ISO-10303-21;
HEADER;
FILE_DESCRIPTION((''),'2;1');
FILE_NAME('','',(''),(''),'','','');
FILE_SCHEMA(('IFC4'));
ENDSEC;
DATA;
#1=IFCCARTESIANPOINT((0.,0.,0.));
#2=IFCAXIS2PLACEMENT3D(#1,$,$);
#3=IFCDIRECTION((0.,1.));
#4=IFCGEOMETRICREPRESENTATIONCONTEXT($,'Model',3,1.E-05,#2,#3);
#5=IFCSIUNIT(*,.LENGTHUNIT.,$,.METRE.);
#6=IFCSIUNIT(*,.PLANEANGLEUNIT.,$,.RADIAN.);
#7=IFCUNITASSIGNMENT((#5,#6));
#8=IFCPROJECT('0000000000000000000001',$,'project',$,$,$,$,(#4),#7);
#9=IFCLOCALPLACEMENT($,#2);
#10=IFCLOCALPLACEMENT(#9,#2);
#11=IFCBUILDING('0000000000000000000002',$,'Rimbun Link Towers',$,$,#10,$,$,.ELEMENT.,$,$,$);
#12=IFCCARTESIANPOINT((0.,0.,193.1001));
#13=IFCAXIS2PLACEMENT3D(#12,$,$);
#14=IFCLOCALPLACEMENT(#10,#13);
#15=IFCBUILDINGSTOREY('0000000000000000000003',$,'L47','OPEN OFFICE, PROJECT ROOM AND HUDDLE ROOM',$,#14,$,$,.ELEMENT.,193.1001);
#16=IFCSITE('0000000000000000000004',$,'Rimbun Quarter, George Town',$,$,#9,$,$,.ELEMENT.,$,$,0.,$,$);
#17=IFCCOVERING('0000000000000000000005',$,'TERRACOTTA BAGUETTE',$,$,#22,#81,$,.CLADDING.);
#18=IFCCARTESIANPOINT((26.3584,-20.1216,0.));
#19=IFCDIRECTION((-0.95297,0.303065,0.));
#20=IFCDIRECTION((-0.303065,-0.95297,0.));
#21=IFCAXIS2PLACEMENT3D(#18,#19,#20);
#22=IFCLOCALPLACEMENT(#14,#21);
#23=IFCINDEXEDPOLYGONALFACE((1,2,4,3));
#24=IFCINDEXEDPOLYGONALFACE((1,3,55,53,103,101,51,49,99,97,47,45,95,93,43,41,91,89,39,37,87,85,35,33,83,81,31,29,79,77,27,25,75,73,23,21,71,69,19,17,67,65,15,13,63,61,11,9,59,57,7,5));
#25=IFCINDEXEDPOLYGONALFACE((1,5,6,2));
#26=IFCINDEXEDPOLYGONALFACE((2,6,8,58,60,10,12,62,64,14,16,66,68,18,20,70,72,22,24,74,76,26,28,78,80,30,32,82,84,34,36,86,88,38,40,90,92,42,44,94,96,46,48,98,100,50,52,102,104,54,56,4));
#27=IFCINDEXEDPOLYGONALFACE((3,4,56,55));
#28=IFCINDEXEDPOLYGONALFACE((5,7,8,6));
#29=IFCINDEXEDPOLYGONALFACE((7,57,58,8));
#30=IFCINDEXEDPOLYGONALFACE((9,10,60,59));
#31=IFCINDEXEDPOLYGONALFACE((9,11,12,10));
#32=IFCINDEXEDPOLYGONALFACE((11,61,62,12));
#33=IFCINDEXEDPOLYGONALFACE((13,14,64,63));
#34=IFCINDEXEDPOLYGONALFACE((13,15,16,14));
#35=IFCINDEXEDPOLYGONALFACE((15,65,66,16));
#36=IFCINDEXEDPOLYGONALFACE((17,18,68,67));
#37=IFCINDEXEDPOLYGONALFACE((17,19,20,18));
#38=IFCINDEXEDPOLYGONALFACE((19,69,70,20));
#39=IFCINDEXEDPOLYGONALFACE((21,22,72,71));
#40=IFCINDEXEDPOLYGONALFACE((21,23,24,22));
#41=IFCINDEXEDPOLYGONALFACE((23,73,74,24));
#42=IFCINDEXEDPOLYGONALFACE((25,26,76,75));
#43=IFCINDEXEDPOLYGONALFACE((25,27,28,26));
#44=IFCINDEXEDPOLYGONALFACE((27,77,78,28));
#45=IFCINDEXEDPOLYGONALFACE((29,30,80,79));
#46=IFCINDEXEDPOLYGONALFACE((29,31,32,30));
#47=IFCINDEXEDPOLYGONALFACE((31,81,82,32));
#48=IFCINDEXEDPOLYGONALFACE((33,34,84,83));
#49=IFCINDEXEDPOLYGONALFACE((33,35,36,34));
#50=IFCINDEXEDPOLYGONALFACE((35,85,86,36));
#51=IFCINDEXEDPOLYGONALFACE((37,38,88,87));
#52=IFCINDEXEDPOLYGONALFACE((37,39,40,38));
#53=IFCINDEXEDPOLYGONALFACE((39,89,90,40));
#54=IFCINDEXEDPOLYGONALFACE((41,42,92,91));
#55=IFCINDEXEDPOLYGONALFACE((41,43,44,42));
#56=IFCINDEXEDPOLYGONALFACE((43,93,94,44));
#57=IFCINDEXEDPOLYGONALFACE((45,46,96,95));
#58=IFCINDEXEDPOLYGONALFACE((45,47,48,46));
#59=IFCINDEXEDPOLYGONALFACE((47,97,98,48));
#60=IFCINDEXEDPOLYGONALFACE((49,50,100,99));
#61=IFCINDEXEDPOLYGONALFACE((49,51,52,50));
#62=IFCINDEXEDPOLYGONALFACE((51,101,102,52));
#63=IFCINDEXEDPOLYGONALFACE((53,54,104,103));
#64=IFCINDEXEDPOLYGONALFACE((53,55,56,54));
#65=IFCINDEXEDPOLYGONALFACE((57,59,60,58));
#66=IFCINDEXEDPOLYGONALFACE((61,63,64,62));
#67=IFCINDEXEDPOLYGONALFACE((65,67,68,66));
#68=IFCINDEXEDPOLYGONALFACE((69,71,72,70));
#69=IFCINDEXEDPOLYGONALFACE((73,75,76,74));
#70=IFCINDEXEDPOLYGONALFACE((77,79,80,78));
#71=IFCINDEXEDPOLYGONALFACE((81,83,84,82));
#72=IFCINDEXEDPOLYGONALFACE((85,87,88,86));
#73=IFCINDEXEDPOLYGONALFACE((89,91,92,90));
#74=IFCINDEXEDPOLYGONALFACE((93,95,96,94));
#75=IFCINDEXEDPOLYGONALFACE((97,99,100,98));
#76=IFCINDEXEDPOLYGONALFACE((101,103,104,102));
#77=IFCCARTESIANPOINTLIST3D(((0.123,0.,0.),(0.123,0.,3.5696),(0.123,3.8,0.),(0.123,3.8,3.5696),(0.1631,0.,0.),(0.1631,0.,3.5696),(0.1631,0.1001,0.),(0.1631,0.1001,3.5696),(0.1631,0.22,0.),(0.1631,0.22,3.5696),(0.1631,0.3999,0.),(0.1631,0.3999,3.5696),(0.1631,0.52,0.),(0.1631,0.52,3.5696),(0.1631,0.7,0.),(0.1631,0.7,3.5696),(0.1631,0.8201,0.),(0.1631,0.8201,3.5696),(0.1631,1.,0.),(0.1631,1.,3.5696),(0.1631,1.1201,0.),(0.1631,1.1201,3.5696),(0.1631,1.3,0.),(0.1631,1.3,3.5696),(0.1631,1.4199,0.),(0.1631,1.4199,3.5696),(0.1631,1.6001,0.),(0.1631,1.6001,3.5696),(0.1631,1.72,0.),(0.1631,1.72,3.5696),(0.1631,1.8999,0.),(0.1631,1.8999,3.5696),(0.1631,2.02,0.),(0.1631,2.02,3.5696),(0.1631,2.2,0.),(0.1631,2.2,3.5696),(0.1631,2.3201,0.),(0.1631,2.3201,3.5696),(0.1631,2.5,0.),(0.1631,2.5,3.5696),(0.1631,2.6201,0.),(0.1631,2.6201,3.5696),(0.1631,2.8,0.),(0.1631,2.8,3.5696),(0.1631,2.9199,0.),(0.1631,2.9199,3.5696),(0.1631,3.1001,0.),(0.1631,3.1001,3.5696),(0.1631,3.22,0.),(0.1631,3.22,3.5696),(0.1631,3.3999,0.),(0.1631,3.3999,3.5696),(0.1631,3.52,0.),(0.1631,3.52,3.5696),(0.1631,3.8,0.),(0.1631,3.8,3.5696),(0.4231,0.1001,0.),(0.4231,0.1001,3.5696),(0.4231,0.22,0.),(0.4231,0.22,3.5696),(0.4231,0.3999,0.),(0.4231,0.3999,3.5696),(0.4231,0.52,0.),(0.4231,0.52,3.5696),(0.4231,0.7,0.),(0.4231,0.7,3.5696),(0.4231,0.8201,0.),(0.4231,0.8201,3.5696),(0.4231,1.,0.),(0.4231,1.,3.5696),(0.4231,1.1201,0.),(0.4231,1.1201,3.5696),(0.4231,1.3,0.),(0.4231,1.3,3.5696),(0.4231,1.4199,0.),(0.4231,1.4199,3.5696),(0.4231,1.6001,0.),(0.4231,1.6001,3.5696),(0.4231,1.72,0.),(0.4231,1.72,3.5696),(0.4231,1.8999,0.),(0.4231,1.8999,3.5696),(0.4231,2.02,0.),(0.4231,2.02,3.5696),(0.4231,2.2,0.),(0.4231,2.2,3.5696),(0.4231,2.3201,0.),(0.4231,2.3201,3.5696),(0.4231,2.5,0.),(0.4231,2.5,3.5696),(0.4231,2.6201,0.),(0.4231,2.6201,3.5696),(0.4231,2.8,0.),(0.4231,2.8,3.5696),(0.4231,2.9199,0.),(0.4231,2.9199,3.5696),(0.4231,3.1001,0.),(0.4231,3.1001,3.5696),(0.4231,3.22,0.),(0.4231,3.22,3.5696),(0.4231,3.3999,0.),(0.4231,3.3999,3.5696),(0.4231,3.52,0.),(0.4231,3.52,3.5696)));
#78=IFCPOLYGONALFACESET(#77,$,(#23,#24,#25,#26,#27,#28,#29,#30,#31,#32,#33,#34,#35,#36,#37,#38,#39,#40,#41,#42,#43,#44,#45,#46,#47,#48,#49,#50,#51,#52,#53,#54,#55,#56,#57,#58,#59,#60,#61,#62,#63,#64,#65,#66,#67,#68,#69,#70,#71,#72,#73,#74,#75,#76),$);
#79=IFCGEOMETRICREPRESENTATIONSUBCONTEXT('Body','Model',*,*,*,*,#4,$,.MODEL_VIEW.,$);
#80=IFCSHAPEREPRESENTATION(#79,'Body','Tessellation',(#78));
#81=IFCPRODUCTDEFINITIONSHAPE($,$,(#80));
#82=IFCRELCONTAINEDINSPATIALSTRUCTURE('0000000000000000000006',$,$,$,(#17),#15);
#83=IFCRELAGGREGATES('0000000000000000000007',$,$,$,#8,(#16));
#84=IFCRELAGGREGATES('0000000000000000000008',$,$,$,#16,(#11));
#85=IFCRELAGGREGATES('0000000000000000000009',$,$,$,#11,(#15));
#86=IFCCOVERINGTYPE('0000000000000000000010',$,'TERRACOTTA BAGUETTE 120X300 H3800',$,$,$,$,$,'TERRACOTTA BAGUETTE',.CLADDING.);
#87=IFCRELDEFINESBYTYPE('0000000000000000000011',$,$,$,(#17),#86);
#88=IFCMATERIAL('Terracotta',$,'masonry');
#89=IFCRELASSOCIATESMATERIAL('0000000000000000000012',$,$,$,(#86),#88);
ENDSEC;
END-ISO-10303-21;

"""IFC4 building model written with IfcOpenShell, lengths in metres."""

from ifc_helpers import new_model, si_unit, direction, frame, origin, place, context, subcontext, project, spatial, polyline, outline, extrude, material, material_profile, profile_set, type_object, element, save


model = new_model("IFC4")

# Units and contexts
model_context = context("Model", 3, precision=1e-05, world=origin(), true_north=direction((0.0, 1.0)))
body_context = subcontext(model_context, "Body", "Model", "MODEL_VIEW")
ifc_project = project(units=[si_unit("LENGTHUNIT", "METRE"), si_unit("PLANEANGLEUNIT", "RADIAN")], contexts=[model_context])

# Site, building, storey
site_placement = place(None, origin())
site = spatial("IfcSite", under=ifc_project, at=site_placement, Name="Rimbun Quarter, George Town", CompositionType="ELEMENT", RefElevation=0.0)
building_placement = place(site_placement, origin())
building = spatial("IfcBuilding", under=site, at=building_placement, Name="Rimbun Link Towers", CompositionType="ELEMENT")
storey_placement = place(building_placement, frame((0.0, 0.0, 193.1001)))
storey = spatial("IfcBuildingStorey", under=building, at=storey_placement, Name="L47", Description="OPEN OFFICE, PROJECT ROOM AND HUDDLE ROOM", CompositionType="ELEMENT", Elevation=193.1001)

# Covering
ifc_material_1 = material(Name="Terracotta", Category="masonry")
ifc_material_profile_1 = material_profile(ifc_material_1, outline(polyline([(0.123, 0.0), (0.1631, 0.0), (0.1631, 0.1001), (0.4231, 0.1001), (0.4231, 0.22), (0.1631, 0.22), (0.1631, 0.3999), (0.4231, 0.3999), (0.4231, 0.52), (0.1631, 0.52), (0.1631, 0.7), (0.4231, 0.7), (0.4231, 0.8201), (0.1631, 0.8201), (0.1631, 1.0), (0.4231, 1.0), (0.4231, 1.1201), (0.1631, 1.1201), (0.1631, 1.3), (0.4231, 1.3), (0.4231, 1.4199), (0.1631, 1.4199), (0.1631, 1.6001), (0.4231, 1.6001), (0.4231, 1.72), (0.1631, 1.72), (0.1631, 1.8999), (0.4231, 1.8999), (0.4231, 2.02), (0.1631, 2.02), (0.1631, 2.2), (0.4231, 2.2), (0.4231, 2.3201), (0.1631, 2.3201), (0.1631, 2.5), (0.4231, 2.5), (0.4231, 2.6201), (0.1631, 2.6201), (0.1631, 2.8), (0.4231, 2.8), (0.4231, 2.9199), (0.1631, 2.9199), (0.1631, 3.1001), (0.4231, 3.1001), (0.4231, 3.22), (0.1631, 3.22), (0.1631, 3.3999), (0.4231, 3.3999), (0.4231, 3.52), (0.1631, 3.52), (0.1631, 3.8), (0.123, 3.8), (0.123, 0.0)])), Name="BAGUETTE 120X300")
ifc_profile_set_1 = profile_set([ifc_material_profile_1], Name="Terracotta")
covering_type = type_object("IfcCoveringType", Name="TERRACOTTA BAGUETTE 120X300 H3800", ElementType="TERRACOTTA BAGUETTE", PredefinedType="CLADDING", material=ifc_profile_set_1)
covering_1_placement = place(storey_placement, frame((26.3584, -20.1216, 0.0), z_axis=(-0.95297, 0.303065, 0.0), x_axis=(-0.303065, -0.95297, 0.0)))
element("IfcCovering", 1, at=covering_1_placement, inside=storey, type_object=covering_type, Name="TERRACOTTA BAGUETTE", PredefinedType="CLADDING", context=body_context, shape_type="SweptSolid", body=[
    extrude(outline(polyline([(0.123, 0.0), (0.1631, 0.0), (0.1631, 0.1001), (0.4231, 0.1001), (0.4231, 0.22), (0.1631, 0.22), (0.1631, 0.3999), (0.4231, 0.3999), (0.4231, 0.52), (0.1631, 0.52), (0.1631, 0.7), (0.4231, 0.7), (0.4231, 0.8201), (0.1631, 0.8201), (0.1631, 1.0), (0.4231, 1.0), (0.4231, 1.1201), (0.1631, 1.1201), (0.1631, 1.3), (0.4231, 1.3), (0.4231, 1.4199), (0.1631, 1.4199), (0.1631, 1.6001), (0.4231, 1.6001), (0.4231, 1.72), (0.1631, 1.72), (0.1631, 1.8999), (0.4231, 1.8999), (0.4231, 2.02), (0.1631, 2.02), (0.1631, 2.2), (0.4231, 2.2), (0.4231, 2.3201), (0.1631, 2.3201), (0.1631, 2.5), (0.4231, 2.5), (0.4231, 2.6201), (0.1631, 2.6201), (0.1631, 2.8), (0.4231, 2.8), (0.4231, 2.9199), (0.1631, 2.9199), (0.1631, 3.1001), (0.4231, 3.1001), (0.4231, 3.22), (0.1631, 3.22), (0.1631, 3.3999), (0.4231, 3.3999), (0.4231, 3.52), (0.1631, 3.52), (0.1631, 3.8), (0.123, 3.8), (0.123, 0.0)])), origin(), (0.0, 0.0, 1.0), 3.5696),
])

save(model, "model.ifc")
